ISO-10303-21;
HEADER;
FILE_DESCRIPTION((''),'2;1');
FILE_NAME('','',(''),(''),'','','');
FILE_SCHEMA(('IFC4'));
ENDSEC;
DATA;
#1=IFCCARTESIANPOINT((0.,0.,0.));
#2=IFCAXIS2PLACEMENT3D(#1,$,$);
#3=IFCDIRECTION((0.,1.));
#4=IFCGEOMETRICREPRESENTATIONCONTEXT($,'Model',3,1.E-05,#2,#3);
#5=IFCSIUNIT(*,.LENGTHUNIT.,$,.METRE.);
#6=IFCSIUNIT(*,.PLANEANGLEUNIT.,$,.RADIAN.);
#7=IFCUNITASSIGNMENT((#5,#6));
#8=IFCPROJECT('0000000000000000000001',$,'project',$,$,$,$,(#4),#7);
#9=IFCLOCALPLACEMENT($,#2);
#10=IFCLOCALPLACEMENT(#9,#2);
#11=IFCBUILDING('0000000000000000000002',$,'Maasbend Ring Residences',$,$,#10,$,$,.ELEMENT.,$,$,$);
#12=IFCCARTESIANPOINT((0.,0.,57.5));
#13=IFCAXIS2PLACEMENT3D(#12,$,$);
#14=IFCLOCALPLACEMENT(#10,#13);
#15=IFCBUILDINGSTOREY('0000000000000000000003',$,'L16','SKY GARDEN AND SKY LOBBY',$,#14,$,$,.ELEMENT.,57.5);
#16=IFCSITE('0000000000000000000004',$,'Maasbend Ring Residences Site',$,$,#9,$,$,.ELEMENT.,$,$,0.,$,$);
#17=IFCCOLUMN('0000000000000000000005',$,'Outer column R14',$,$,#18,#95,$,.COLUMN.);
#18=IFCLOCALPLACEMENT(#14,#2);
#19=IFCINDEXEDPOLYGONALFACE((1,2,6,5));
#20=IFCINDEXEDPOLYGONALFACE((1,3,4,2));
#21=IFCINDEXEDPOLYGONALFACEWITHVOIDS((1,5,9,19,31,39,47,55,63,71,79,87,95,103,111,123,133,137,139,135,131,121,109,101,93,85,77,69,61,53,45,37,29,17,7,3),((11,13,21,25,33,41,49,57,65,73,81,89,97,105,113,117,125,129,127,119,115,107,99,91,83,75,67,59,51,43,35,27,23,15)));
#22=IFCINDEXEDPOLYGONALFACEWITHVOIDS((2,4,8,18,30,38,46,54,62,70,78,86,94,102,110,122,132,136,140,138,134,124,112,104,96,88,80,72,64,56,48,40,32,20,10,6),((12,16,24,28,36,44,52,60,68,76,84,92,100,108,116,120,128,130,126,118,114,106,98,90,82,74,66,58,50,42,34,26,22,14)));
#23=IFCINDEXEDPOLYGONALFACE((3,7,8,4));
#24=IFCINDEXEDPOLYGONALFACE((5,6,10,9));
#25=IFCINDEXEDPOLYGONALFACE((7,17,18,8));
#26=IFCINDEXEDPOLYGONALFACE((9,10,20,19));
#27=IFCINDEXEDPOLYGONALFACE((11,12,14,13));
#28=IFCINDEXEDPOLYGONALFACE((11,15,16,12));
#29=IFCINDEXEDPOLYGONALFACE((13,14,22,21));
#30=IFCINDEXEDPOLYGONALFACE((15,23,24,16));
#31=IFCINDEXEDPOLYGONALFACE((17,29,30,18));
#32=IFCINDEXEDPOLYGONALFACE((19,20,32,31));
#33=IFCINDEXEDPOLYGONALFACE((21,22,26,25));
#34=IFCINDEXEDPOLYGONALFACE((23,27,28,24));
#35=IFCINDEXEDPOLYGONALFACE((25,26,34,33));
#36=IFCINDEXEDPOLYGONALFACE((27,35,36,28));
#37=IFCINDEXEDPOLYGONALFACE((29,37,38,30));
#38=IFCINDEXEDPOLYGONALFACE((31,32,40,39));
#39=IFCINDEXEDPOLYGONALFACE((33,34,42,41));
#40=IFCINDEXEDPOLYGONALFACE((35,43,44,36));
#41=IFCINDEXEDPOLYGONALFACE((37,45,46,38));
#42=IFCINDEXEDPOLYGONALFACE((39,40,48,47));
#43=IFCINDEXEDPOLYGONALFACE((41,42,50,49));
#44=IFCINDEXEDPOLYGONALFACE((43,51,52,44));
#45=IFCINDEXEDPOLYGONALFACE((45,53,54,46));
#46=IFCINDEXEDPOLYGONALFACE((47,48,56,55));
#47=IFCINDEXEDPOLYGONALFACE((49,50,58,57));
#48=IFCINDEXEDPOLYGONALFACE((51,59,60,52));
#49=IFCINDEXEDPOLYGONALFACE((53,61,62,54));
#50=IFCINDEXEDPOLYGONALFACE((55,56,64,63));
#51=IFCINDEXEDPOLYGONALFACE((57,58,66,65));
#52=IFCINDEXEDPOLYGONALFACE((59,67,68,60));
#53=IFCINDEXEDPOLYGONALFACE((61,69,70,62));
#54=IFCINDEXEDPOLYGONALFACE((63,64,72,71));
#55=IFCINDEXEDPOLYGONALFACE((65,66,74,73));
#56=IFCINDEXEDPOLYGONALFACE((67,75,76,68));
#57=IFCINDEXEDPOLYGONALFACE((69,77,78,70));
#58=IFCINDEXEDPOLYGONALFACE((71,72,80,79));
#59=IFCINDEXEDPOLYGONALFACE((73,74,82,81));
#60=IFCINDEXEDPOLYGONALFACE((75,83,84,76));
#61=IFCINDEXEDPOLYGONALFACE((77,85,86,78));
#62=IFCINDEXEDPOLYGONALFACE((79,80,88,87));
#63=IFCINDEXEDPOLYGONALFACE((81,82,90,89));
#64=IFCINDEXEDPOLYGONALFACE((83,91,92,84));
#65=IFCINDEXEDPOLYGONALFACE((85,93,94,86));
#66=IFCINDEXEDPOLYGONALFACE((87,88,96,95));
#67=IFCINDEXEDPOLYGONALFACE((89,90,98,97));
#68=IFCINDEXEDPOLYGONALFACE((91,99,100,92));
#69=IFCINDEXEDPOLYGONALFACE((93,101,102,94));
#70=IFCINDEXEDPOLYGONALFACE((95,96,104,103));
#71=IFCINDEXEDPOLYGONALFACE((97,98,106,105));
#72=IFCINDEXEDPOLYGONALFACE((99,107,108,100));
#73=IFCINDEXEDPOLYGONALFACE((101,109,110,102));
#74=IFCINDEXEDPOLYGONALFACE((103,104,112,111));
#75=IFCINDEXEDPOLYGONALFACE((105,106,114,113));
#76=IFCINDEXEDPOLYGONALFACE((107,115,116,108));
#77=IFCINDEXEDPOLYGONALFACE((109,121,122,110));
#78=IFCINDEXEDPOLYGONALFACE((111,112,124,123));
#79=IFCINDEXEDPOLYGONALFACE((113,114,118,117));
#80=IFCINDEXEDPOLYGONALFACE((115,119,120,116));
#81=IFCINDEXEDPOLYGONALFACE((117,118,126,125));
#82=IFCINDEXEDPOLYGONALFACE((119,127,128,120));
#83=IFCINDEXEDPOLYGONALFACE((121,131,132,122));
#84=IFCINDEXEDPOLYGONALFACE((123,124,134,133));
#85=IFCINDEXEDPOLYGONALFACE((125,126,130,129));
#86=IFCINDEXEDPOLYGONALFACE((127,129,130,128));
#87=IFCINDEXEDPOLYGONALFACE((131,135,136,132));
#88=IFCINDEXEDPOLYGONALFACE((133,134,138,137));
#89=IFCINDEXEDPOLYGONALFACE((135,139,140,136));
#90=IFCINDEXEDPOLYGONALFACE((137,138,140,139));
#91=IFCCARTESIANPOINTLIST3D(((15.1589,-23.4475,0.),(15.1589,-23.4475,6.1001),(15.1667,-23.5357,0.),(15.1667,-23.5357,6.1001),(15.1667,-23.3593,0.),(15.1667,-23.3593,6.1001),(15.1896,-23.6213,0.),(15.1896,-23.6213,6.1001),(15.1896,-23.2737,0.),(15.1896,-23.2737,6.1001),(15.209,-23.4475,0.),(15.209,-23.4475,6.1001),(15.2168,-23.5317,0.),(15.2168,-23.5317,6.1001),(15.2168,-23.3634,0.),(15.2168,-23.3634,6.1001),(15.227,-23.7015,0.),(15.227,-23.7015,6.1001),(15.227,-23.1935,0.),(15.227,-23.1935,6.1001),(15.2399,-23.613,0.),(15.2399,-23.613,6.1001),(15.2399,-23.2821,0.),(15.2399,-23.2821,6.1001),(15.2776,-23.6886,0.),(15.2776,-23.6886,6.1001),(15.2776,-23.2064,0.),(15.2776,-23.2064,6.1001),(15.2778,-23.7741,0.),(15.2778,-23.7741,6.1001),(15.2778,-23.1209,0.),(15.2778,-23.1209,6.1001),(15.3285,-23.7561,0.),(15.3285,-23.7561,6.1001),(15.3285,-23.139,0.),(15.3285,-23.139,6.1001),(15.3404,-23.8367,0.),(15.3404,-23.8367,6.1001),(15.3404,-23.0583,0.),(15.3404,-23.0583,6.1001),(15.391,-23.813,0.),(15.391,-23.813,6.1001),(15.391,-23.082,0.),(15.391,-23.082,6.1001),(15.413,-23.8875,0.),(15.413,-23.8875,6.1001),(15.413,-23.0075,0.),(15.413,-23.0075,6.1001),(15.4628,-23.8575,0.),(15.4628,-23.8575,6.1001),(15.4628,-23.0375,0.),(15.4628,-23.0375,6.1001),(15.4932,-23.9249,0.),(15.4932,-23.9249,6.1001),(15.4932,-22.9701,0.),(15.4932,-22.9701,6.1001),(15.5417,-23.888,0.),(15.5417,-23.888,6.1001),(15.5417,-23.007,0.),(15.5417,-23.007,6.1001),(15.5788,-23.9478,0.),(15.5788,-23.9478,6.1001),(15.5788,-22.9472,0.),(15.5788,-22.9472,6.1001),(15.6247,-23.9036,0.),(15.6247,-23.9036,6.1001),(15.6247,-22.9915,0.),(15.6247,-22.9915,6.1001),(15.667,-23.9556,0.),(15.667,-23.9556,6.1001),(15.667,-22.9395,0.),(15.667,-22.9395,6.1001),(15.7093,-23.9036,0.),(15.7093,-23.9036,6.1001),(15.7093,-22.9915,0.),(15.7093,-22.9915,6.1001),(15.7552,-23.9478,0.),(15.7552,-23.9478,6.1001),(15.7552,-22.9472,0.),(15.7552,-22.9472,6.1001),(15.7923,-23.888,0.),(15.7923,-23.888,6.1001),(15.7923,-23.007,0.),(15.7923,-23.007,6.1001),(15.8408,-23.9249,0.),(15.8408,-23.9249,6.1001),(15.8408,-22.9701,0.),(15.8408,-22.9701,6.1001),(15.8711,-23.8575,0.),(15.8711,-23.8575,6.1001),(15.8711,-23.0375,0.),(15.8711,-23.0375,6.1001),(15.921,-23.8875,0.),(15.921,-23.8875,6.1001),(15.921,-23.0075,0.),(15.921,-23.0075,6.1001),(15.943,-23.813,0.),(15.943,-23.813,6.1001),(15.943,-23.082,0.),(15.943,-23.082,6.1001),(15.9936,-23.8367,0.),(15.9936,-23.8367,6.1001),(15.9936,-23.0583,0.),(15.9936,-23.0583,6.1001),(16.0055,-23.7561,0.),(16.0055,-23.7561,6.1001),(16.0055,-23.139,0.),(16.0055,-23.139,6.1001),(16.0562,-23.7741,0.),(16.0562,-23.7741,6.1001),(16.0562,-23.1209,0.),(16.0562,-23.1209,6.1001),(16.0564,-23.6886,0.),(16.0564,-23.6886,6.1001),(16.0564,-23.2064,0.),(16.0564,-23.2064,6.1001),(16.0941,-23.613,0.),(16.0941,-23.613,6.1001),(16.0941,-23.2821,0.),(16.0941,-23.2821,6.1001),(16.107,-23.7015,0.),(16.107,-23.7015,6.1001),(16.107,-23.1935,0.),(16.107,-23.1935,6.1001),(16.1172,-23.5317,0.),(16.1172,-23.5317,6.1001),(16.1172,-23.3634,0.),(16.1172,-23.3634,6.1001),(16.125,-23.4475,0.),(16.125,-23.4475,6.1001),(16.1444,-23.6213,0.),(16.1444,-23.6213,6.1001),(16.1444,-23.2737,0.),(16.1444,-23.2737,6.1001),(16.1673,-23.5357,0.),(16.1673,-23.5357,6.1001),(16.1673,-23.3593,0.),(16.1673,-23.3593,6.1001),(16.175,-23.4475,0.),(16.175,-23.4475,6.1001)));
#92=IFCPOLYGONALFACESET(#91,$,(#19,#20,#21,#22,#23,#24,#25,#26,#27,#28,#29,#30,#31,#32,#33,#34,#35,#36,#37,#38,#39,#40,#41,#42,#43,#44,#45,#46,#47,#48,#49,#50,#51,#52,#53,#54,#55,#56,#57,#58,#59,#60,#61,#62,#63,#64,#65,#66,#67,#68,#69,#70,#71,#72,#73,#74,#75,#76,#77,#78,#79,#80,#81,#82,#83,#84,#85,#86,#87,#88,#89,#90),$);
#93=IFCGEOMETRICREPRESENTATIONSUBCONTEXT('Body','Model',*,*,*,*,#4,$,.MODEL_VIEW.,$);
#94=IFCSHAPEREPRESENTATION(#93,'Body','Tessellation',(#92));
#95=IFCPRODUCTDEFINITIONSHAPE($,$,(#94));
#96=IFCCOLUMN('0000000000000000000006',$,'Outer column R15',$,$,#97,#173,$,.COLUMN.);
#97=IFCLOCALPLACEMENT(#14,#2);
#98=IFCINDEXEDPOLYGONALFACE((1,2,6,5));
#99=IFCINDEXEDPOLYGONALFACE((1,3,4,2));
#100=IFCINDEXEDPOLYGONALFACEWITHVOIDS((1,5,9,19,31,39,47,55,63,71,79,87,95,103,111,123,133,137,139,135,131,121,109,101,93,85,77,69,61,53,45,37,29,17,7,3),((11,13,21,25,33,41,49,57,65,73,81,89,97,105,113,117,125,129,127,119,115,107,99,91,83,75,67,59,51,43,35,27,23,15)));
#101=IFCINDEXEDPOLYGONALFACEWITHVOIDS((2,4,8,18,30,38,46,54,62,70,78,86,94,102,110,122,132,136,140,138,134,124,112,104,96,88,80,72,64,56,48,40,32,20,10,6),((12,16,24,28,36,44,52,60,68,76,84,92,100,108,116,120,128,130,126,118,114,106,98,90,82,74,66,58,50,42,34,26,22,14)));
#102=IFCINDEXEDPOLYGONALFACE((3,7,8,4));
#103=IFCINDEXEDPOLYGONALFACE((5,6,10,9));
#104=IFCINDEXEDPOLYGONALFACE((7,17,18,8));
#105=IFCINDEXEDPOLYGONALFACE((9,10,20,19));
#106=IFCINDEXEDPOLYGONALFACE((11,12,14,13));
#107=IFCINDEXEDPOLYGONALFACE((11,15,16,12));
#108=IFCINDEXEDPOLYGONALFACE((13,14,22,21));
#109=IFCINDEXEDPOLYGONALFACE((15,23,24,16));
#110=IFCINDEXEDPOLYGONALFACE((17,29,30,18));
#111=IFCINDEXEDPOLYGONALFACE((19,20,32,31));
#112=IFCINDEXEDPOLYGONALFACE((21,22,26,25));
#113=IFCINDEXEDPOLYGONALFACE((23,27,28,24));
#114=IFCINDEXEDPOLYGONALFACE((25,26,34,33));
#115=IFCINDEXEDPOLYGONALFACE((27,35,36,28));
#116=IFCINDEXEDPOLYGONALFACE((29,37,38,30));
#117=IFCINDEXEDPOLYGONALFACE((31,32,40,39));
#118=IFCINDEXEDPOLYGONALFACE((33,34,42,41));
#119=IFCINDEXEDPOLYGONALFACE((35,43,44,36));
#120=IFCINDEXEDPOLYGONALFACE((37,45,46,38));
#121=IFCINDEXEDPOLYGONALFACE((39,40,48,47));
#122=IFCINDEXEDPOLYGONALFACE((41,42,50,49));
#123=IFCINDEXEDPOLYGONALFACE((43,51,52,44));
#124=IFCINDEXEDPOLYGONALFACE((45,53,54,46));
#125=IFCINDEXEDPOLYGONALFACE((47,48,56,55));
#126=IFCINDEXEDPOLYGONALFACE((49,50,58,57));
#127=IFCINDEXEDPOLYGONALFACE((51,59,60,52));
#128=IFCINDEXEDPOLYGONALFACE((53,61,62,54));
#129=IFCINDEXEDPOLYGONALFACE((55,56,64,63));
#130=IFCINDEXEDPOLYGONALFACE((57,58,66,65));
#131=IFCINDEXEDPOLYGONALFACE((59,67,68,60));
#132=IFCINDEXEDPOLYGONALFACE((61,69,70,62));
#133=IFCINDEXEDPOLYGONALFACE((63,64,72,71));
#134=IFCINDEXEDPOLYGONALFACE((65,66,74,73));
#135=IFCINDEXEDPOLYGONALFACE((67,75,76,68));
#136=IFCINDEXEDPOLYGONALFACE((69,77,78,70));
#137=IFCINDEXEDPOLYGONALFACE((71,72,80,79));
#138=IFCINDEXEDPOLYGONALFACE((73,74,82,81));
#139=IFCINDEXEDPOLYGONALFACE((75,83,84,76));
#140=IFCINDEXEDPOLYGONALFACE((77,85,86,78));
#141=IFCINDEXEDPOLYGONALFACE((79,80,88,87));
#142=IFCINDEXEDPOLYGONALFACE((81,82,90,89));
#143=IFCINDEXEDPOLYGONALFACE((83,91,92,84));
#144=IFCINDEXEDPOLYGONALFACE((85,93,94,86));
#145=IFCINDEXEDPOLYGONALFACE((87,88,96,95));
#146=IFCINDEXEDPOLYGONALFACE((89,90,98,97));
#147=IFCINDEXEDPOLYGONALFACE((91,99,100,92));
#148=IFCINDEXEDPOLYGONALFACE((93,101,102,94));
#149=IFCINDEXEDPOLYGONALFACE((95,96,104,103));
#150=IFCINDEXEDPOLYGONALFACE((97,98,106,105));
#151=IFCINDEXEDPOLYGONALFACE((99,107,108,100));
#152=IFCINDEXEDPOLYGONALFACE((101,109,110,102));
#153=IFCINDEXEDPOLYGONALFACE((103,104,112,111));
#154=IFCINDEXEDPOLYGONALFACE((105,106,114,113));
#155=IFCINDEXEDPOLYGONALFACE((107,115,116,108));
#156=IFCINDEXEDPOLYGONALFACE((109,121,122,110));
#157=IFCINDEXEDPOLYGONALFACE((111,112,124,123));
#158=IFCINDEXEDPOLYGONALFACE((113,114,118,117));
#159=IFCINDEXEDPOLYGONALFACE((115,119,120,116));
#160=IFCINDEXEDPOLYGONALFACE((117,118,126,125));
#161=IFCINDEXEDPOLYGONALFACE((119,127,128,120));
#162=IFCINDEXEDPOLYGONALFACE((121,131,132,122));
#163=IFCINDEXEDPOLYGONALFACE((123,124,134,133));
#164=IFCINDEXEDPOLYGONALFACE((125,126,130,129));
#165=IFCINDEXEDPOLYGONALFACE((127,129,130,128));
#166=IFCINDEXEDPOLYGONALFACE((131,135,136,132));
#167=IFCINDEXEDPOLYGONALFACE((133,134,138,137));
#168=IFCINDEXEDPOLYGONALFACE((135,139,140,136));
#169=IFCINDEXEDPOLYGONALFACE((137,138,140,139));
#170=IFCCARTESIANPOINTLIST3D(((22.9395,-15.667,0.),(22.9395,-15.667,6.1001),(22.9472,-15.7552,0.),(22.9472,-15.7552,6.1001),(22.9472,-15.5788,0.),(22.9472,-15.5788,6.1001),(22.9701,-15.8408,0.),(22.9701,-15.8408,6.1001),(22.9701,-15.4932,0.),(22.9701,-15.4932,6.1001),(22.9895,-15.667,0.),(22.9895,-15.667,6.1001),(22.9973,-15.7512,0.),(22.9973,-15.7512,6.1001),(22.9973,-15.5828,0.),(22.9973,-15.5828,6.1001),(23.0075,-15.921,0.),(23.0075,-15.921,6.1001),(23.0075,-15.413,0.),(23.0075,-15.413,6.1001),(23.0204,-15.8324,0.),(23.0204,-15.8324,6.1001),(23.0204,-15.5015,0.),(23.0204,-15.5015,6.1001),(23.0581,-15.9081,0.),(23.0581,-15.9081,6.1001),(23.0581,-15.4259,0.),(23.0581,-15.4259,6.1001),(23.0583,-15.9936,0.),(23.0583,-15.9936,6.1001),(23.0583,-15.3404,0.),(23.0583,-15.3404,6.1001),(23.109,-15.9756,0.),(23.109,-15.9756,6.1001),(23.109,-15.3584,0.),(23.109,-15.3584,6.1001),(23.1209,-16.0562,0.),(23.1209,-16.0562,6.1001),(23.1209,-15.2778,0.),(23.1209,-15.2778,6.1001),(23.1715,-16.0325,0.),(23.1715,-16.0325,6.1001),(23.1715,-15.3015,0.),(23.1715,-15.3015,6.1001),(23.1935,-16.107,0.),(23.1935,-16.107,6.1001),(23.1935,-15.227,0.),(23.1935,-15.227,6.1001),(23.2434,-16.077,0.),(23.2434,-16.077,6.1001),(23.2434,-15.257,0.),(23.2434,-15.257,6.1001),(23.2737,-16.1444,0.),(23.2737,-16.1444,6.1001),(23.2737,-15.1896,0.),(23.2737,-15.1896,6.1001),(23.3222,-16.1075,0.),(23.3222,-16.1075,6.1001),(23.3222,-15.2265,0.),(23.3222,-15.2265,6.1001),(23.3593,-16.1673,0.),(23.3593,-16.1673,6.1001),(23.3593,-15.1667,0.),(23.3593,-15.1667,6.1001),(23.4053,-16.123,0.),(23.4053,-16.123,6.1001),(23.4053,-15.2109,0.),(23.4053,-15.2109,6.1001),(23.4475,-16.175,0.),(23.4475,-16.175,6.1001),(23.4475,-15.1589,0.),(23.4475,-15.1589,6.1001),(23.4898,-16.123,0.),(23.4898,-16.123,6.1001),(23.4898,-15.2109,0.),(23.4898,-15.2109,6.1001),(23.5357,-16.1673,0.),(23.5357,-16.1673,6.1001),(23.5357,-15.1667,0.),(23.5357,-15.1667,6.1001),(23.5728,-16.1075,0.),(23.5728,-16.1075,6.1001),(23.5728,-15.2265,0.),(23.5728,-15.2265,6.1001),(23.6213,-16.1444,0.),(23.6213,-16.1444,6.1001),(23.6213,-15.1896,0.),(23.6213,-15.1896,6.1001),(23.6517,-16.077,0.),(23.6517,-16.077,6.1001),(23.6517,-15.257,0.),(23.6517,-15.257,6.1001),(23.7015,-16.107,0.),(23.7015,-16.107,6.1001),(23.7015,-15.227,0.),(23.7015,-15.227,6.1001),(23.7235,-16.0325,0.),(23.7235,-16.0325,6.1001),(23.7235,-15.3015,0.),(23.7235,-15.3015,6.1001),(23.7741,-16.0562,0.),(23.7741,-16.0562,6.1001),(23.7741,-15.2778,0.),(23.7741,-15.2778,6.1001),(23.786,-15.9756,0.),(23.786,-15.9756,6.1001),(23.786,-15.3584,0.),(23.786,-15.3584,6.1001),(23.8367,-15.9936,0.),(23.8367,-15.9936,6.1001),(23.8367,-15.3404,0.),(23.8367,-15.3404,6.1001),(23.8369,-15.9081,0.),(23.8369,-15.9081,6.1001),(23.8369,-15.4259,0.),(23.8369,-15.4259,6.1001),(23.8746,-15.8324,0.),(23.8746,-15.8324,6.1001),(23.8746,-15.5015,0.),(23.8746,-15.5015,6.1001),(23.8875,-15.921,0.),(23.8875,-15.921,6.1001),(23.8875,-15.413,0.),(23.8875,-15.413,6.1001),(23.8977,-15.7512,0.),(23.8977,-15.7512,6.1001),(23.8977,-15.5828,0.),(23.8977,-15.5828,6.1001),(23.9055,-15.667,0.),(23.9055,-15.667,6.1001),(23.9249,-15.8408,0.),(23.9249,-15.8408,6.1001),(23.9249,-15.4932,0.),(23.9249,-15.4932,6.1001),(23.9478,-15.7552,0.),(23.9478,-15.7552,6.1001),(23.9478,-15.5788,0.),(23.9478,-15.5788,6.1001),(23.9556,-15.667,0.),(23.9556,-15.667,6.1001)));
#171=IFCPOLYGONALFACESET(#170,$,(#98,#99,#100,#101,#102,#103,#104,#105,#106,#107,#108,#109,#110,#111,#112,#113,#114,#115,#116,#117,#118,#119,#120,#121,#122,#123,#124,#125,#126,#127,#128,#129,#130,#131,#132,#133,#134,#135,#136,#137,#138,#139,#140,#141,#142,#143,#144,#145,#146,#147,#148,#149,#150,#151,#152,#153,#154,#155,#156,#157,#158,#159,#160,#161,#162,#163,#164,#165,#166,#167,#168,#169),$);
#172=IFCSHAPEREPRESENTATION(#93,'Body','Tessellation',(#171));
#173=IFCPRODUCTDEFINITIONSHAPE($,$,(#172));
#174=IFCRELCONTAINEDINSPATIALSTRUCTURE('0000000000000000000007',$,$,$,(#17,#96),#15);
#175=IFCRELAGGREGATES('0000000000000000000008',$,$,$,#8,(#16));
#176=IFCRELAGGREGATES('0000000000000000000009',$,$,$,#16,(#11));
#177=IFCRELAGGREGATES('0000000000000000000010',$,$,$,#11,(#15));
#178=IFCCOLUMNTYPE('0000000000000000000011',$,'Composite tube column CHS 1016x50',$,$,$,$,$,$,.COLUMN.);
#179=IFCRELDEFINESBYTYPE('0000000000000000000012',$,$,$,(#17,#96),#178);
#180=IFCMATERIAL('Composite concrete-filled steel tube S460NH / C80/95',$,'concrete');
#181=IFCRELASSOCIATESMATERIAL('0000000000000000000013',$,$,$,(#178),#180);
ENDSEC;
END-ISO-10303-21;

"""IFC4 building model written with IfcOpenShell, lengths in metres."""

from ifc_helpers import new_model, si_unit, direction, frame, origin, origin_2d, place, context, subcontext, project, spatial, hollow_circle, extrude, material, material_profile, profile_set, type_object, element, save


model = new_model("IFC4")

# Units and contexts
model_context = context("Model", 3, precision=1e-05, world=origin(), true_north=direction((0.0, 1.0)))
body_context = subcontext(model_context, "Body", "Model", "MODEL_VIEW")
ifc_project = project(units=[si_unit("LENGTHUNIT", "METRE"), si_unit("PLANEANGLEUNIT", "RADIAN")], contexts=[model_context])

# Site, building, storey
site_placement = place(None, origin())
site = spatial("IfcSite", under=ifc_project, at=site_placement, Name="Maasbend Ring Residences Site", CompositionType="ELEMENT", RefElevation=0.0)
building_placement = place(site_placement, origin())
building = spatial("IfcBuilding", under=site, at=building_placement, Name="Maasbend Ring Residences", CompositionType="ELEMENT")
storey_placement = place(building_placement, frame((0.0, 0.0, 57.5)))
storey = spatial("IfcBuildingStorey", under=building, at=storey_placement, Name="L16", Description="SKY GARDEN AND SKY LOBBY", CompositionType="ELEMENT", Elevation=57.5)

# Columns
ifc_material_1 = material(Name="Composite concrete-filled steel tube S460NH / C80/95", Category="concrete")
ifc_material_profile_1 = material_profile(ifc_material_1, hollow_circle(Radius=0.5081, WallThickness=0.05, at=origin_2d()), Name="Composite tube column CHS 1016x50")
ifc_profile_set_1 = profile_set([ifc_material_profile_1], Name="Composite concrete-filled steel tube S460NH / C80/95")
column_type_1 = type_object("IfcColumnType", Name="Composite tube column CHS 1016x50", PredefinedType="COLUMN", material=ifc_profile_set_1)
for number, where, z_axis, x_axis, name in (
    (1, (15.667, -23.4475, 0.0), (0.0, 0.0, 1.0), (1.0, 0.0, 0.0), "Outer column R14"),
    (2, (23.4475, -15.667, 0.0), (0.0, 0.0, 1.0), (1.0, 0.0, 0.0), "Outer column R15"),
):
    element("IfcColumn", number, at=place(storey_placement, frame(where, z_axis=z_axis, x_axis=x_axis)), inside=storey, type_object=column_type_1, Name=name, PredefinedType="COLUMN", context=body_context, shape_type="SweptSolid", body=[
        extrude(hollow_circle(Radius=0.5081, WallThickness=0.05, at=origin_2d()), origin(), (0.0, 0.0, 1.0), 6.1001),
    ])

save(model, "model.ifc")
